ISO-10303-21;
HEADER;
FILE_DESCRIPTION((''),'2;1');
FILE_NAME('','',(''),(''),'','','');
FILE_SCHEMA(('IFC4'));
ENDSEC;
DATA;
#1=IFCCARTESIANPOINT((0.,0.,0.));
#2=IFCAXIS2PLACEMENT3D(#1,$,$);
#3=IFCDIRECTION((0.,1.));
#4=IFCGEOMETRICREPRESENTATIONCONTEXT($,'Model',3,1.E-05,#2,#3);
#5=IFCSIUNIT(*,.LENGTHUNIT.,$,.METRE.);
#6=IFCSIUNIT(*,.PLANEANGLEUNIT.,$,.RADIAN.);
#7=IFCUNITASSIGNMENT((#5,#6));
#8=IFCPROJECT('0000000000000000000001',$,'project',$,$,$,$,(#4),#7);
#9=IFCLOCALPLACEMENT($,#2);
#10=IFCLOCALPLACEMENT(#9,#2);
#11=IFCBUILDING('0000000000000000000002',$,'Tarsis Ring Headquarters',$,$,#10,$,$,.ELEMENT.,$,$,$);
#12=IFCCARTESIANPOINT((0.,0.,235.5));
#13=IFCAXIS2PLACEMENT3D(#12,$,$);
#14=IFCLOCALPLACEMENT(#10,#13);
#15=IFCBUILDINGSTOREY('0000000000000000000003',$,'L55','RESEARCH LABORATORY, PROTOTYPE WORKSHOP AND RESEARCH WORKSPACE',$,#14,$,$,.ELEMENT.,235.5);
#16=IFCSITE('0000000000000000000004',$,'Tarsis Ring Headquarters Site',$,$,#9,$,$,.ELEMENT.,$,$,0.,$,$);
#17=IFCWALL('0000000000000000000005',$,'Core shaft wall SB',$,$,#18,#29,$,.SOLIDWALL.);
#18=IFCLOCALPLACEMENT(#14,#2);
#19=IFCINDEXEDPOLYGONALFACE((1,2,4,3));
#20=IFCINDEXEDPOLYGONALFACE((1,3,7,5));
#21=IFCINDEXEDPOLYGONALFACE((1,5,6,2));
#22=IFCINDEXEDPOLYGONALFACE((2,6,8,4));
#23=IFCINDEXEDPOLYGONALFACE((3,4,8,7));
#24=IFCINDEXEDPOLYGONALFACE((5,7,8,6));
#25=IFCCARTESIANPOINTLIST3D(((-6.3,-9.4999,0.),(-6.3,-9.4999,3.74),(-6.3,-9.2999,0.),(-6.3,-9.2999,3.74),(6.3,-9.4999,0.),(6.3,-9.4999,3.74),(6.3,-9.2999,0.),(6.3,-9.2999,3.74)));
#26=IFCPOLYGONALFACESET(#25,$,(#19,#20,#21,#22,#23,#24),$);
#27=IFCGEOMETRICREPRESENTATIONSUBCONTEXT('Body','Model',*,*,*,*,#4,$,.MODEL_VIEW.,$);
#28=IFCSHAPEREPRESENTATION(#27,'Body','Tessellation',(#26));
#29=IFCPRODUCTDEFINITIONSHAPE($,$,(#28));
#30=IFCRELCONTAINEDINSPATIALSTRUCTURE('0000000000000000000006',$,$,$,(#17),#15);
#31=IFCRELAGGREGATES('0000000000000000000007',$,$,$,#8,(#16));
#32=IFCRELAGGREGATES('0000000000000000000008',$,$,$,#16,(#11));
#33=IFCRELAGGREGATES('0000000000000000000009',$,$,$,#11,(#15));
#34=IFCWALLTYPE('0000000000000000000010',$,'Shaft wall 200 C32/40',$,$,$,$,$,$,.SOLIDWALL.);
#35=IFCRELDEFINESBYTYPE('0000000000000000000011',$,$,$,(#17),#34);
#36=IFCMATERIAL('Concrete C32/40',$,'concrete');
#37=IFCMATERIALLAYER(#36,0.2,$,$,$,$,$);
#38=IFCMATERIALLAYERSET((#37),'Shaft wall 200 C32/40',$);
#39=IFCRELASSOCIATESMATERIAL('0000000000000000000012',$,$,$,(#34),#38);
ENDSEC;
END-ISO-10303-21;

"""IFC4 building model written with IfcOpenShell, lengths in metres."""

from ifc_helpers import new_model, si_unit, direction, frame, frame_2d, origin, place, context, subcontext, project, spatial, rectangle, extrude, material, layer, layer_set, type_object, element, save


model = new_model("IFC4")

# Units and contexts
model_context = context("Model", 3, precision=1e-05, world=origin(), true_north=direction((0.0, 1.0)))
body_context = subcontext(model_context, "Body", "Model", "MODEL_VIEW")
ifc_project = project(units=[si_unit("LENGTHUNIT", "METRE"), si_unit("PLANEANGLEUNIT", "RADIAN")], contexts=[model_context])

# Site, building, storey
site_placement = place(None, origin())
site = spatial("IfcSite", under=ifc_project, at=site_placement, Name="Tarsis Ring Headquarters Site", CompositionType="ELEMENT", RefElevation=0.0)
building_placement = place(site_placement, origin())
building = spatial("IfcBuilding", under=site, at=building_placement, Name="Tarsis Ring Headquarters", CompositionType="ELEMENT")
storey_placement = place(building_placement, frame((0.0, 0.0, 235.5)))
storey = spatial("IfcBuildingStorey", under=building, at=storey_placement, Name="L55", Description="RESEARCH LABORATORY, PROTOTYPE WORKSHOP AND RESEARCH WORKSPACE", CompositionType="ELEMENT", Elevation=235.5)

# Wall
ifc_material_1 = material(Name="Concrete C32/40", Category="concrete")
ifc_layer_1 = layer(ifc_material_1, 0.2)
ifc_layer_set_1 = layer_set([ifc_layer_1], Name="Shaft wall 200 C32/40")
wall_type_1 = type_object("IfcWallType", Name="Shaft wall 200 C32/40", PredefinedType="SOLIDWALL", material=ifc_layer_set_1)
wall_1_placement = place(storey_placement, frame((-6.3, -9.3999, 0.0), z_axis=(0.0, 0.0, 1.0), x_axis=(1.0, 0.0, 0.0)))
element("IfcWall", 1, at=wall_1_placement, inside=storey, type_object=wall_type_1, Name="Core shaft wall SB", PredefinedType="SOLIDWALL", context=body_context, shape_type="SweptSolid", body=[
    extrude(rectangle(XDim=12.6001, YDim=0.2, at=frame_2d((6.3, 0.0))), origin(), (0.0, 0.0, 1.0), 3.74),
])

save(model, "model.ifc")
